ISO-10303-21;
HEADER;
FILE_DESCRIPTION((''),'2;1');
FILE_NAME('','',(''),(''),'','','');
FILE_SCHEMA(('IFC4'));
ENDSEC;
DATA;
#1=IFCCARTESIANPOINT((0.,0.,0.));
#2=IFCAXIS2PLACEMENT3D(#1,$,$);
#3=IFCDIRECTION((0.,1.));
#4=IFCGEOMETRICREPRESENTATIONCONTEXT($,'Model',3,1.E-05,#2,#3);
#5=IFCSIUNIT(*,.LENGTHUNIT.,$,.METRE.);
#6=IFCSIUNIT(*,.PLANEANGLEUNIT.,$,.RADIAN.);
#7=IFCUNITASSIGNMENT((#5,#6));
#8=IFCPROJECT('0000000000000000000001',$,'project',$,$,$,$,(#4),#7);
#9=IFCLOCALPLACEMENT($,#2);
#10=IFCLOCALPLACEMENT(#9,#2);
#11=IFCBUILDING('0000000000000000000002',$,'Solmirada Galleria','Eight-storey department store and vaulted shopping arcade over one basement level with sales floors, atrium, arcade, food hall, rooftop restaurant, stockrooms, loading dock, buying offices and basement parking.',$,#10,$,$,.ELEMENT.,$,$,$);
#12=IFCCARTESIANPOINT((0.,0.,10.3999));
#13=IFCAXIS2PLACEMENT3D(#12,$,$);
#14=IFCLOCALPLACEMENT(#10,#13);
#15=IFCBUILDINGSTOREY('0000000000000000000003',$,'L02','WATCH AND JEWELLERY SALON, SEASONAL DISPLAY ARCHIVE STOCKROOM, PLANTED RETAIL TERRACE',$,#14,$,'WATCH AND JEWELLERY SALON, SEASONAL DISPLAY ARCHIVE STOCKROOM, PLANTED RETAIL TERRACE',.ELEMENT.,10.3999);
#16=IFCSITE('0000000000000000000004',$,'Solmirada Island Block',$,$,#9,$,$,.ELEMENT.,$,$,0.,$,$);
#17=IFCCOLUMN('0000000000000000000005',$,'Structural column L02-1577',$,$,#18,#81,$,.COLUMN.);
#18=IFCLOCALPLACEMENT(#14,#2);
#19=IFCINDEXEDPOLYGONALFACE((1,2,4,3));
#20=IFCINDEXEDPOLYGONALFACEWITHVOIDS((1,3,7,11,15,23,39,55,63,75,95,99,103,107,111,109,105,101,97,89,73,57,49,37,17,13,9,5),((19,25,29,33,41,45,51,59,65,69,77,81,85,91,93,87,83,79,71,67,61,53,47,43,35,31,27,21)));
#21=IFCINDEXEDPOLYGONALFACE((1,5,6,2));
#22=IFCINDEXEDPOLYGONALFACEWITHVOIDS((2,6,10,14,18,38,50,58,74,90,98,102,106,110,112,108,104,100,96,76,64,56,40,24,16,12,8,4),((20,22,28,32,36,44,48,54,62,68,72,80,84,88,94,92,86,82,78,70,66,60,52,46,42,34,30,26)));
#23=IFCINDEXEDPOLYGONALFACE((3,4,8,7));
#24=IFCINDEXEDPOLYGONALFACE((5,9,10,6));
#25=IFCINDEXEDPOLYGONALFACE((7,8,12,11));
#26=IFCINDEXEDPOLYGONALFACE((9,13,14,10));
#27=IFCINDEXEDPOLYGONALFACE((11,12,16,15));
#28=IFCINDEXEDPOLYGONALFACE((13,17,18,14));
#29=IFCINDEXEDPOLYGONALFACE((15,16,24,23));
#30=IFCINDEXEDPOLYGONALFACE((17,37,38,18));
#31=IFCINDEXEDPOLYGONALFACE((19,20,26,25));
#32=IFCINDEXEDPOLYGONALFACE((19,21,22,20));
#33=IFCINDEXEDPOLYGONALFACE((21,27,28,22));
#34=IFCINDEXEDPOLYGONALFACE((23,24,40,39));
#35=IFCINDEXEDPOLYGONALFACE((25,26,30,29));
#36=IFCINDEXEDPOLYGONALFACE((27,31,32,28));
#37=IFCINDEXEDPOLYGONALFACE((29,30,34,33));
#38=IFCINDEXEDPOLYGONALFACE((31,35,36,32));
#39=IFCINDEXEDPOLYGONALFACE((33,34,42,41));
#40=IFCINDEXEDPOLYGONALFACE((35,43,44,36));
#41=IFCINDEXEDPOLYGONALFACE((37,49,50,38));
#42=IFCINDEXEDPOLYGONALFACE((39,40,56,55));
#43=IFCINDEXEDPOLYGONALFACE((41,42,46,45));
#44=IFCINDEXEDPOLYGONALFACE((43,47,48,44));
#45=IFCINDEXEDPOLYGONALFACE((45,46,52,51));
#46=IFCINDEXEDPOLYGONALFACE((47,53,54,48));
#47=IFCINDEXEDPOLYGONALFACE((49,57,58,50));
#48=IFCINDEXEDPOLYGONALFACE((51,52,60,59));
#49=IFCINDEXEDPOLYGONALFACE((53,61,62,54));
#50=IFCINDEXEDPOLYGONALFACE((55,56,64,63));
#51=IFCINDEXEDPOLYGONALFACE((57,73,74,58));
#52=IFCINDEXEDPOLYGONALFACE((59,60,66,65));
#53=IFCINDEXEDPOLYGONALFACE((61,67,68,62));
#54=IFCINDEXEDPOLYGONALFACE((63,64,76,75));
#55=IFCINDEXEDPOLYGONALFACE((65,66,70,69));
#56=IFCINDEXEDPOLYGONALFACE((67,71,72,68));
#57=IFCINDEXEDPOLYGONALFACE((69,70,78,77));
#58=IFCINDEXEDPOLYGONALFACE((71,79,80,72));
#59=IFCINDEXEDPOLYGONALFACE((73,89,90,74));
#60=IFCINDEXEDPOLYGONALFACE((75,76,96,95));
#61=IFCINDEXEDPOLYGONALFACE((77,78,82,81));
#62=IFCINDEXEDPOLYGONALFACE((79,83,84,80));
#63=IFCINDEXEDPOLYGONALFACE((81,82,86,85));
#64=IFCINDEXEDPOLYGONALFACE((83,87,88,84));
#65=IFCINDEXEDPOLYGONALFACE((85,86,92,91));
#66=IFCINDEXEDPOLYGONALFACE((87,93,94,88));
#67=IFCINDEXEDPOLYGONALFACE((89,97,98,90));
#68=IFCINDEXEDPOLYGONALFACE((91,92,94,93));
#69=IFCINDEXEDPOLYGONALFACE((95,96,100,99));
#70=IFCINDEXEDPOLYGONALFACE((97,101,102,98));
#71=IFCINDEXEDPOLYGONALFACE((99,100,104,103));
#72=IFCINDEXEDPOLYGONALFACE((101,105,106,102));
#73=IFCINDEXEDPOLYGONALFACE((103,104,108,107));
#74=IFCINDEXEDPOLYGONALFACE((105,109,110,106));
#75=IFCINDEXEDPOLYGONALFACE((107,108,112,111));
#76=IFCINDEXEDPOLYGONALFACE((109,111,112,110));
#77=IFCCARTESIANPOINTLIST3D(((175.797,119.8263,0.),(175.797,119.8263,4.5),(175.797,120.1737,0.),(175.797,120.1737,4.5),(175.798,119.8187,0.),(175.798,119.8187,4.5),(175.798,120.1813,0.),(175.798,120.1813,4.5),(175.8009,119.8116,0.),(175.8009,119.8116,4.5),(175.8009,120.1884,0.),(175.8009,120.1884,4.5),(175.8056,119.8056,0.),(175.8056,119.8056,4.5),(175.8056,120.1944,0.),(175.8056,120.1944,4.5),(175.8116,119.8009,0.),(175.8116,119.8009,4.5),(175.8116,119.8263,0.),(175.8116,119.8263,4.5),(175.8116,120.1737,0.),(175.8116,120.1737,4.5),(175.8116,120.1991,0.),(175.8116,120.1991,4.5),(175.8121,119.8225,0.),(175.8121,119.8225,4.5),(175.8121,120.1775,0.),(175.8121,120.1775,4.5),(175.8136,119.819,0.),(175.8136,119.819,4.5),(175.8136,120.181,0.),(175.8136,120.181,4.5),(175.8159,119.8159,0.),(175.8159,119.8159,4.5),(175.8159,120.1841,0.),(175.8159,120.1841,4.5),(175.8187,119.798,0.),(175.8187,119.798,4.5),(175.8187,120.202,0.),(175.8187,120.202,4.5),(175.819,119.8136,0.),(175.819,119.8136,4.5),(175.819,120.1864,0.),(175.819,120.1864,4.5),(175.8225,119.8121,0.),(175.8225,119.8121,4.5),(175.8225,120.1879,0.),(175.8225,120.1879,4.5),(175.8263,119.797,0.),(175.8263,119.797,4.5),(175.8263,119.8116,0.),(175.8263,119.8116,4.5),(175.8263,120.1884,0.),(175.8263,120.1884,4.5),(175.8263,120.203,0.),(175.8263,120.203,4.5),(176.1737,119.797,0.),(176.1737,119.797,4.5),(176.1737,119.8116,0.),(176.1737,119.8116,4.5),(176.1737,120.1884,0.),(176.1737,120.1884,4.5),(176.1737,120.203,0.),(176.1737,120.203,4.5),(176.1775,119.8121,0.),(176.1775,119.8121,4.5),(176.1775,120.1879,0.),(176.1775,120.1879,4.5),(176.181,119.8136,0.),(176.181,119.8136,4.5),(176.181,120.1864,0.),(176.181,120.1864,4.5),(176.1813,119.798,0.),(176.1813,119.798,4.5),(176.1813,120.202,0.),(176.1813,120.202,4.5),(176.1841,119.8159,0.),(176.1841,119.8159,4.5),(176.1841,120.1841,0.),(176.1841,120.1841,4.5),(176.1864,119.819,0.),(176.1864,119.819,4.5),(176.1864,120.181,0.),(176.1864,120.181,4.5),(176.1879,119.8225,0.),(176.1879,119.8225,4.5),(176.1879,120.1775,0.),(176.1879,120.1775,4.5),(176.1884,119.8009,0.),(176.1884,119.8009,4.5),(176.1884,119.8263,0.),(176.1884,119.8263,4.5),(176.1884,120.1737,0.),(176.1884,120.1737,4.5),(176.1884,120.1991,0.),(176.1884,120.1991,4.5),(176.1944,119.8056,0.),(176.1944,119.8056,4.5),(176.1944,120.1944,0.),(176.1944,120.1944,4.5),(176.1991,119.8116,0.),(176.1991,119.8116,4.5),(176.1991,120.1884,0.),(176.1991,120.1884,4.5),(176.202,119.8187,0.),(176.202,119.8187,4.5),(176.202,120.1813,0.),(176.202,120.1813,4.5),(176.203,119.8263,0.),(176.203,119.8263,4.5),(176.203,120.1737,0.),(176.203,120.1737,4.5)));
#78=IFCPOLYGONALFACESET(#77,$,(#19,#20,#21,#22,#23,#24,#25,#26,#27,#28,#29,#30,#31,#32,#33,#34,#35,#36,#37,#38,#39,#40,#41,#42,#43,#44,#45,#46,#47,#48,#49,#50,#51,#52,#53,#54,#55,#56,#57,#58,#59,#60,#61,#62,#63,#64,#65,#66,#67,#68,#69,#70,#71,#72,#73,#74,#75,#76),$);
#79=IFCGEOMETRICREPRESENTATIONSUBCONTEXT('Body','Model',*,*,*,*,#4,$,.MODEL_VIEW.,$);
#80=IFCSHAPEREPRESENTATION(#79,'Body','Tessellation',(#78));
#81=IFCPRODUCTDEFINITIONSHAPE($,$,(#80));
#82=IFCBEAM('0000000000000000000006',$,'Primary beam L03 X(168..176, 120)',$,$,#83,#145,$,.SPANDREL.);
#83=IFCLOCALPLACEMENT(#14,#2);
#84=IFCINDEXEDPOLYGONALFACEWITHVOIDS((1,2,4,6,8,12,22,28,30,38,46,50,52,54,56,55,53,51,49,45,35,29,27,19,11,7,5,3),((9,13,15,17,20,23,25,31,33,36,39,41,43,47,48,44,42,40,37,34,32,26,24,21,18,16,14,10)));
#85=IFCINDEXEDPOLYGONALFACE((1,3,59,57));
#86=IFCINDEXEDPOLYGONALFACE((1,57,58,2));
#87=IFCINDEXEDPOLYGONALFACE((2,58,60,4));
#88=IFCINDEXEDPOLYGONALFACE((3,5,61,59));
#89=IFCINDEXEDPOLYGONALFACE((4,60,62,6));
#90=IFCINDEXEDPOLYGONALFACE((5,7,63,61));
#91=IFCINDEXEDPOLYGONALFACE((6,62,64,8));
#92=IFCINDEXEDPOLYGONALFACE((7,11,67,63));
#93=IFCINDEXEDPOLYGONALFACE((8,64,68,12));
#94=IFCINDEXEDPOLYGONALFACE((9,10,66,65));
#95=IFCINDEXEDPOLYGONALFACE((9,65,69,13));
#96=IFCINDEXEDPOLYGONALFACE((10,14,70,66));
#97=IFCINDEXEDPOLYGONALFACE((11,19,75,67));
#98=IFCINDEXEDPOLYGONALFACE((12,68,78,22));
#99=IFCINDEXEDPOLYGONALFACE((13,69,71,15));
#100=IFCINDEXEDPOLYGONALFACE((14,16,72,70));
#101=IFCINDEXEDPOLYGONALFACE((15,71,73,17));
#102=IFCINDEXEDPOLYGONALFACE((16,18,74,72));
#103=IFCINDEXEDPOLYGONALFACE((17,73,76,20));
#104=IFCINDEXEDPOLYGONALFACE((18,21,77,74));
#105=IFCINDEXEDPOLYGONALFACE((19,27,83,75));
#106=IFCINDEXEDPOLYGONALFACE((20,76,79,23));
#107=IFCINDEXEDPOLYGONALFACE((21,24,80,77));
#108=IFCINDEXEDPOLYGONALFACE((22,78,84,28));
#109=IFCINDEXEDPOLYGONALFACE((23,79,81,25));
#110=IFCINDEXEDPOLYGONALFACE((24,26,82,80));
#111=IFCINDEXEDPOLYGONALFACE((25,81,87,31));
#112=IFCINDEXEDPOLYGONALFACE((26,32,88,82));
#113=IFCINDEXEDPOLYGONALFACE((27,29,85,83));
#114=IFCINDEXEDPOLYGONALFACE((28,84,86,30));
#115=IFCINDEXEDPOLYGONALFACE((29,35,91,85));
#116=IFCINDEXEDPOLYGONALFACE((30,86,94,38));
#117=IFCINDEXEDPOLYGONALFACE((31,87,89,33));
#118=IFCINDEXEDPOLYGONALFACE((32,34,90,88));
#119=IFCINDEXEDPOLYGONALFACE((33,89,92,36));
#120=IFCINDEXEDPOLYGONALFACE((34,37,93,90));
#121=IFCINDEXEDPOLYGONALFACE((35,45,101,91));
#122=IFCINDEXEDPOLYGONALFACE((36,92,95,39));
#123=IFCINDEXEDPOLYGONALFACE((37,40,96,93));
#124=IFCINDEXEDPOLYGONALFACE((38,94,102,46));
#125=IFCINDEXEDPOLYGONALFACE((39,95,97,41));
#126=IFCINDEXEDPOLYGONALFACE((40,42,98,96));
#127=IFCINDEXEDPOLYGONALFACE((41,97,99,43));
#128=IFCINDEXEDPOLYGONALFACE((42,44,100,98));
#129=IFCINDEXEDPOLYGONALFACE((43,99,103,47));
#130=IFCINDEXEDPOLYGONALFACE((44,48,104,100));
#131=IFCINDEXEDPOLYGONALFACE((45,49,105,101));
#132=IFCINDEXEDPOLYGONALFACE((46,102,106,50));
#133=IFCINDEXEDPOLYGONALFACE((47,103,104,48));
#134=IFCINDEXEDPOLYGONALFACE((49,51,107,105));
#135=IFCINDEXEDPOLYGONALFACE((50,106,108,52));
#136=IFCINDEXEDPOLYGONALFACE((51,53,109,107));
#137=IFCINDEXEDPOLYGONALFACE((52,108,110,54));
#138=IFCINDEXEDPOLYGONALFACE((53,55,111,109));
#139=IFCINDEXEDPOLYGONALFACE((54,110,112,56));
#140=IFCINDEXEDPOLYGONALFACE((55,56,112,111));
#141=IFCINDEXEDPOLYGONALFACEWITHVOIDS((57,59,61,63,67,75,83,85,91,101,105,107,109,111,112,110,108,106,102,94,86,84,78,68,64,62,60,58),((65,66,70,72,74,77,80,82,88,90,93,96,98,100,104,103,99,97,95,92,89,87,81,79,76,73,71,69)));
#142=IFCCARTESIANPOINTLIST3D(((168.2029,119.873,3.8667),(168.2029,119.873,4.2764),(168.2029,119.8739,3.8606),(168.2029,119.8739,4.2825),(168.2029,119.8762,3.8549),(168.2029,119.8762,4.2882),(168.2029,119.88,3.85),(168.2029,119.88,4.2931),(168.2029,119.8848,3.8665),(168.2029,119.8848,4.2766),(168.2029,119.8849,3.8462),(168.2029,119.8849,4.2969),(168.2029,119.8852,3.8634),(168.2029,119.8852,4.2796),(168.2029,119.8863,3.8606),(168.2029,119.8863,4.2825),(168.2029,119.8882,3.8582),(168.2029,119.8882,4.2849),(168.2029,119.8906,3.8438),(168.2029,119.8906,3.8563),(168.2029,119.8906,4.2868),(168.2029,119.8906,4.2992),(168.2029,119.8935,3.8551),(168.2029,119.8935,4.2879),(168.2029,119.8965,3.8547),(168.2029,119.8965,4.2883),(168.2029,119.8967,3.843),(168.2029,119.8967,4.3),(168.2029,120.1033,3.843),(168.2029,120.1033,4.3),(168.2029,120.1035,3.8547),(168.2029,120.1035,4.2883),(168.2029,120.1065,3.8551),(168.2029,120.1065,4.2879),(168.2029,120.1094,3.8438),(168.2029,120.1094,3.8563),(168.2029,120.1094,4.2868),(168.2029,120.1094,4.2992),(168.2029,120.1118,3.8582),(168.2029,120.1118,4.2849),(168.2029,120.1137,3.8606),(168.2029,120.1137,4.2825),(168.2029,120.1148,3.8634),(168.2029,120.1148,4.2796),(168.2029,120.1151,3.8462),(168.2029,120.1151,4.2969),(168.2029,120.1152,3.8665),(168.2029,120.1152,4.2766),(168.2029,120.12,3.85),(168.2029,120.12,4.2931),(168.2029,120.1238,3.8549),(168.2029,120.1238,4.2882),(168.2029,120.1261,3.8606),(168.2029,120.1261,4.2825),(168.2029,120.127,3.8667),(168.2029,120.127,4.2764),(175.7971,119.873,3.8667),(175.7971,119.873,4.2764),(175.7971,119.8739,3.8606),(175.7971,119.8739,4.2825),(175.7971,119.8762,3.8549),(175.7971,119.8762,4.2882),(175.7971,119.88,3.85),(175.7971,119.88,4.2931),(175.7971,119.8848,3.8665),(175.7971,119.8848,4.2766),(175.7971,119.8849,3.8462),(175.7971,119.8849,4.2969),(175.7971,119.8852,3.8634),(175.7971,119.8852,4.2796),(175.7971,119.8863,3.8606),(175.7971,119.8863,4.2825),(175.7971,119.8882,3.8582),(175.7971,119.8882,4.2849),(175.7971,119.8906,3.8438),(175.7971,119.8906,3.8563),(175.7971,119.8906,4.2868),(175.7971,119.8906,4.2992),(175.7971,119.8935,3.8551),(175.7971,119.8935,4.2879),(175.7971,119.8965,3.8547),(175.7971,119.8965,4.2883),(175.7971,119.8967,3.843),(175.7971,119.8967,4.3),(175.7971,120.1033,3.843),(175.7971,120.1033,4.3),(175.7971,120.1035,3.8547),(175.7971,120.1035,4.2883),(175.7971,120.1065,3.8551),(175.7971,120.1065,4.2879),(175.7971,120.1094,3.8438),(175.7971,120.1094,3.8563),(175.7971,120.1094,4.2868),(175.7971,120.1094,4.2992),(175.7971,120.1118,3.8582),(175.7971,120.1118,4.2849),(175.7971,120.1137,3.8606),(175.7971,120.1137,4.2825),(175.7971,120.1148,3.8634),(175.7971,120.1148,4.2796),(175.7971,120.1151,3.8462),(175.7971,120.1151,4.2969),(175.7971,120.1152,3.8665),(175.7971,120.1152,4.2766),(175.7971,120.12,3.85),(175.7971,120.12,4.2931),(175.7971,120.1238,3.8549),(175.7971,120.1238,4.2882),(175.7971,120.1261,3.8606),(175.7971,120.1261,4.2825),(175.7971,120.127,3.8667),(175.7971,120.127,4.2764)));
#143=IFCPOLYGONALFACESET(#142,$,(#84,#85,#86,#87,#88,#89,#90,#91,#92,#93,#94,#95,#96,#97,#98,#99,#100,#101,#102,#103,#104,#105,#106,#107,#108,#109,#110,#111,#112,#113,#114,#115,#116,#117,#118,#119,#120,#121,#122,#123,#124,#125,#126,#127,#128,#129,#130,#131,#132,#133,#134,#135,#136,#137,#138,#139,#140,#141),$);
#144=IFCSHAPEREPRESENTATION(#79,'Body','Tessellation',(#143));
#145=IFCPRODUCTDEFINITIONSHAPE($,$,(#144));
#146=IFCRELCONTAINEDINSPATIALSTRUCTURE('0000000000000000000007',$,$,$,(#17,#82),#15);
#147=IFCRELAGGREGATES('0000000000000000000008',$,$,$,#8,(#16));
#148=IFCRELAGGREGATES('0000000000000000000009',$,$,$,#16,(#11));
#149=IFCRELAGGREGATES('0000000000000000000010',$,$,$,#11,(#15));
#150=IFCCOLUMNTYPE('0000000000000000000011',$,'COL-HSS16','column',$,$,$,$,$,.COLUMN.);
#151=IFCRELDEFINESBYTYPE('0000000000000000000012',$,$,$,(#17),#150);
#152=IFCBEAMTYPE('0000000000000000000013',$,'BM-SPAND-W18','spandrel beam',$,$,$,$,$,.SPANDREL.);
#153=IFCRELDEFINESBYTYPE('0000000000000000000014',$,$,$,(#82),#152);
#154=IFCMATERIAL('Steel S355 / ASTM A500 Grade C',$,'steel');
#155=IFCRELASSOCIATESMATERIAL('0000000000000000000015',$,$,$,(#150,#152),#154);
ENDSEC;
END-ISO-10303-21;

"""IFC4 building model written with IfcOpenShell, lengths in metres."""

from ifc_helpers import new_model, si_unit, direction, frame, origin, origin_2d, place, context, subcontext, project, spatial, hollow_rectangle, extrude, material, material_profile, profile_set, type_object, element, save


model = new_model("IFC4")

# Units and contexts
model_context = context("Model", 3, precision=1e-05, world=origin(), true_north=direction((0.0, 1.0)))
body_context = subcontext(model_context, "Body", "Model", "MODEL_VIEW")
ifc_project = project(units=[si_unit("LENGTHUNIT", "METRE"), si_unit("PLANEANGLEUNIT", "RADIAN")], contexts=[model_context])

# Site, building, storey
site_placement = place(None, origin())
site = spatial("IfcSite", under=ifc_project, at=site_placement, Name="Solmirada Island Block", CompositionType="ELEMENT", RefElevation=0.0)
building_placement = place(site_placement, origin())
building = spatial("IfcBuilding", under=site, at=building_placement, Name="Solmirada Galleria", Description="Eight-storey department store and vaulted shopping arcade over one basement level with sales floors, atrium, arcade, food hall, rooftop restaurant, stockrooms, loading dock, buying offices and basement parking.", CompositionType="ELEMENT")
storey_placement = place(building_placement, frame((0.0, 0.0, 10.3999)))
storey = spatial("IfcBuildingStorey", under=building, at=storey_placement, Name="L02", Description="WATCH AND JEWELLERY SALON, SEASONAL DISPLAY ARCHIVE STOCKROOM, PLANTED RETAIL TERRACE", LongName="WATCH AND JEWELLERY SALON, SEASONAL DISPLAY ARCHIVE STOCKROOM, PLANTED RETAIL TERRACE", CompositionType="ELEMENT", Elevation=10.3999)

# Column
ifc_material_1 = material(Name="Steel S355 / ASTM A500 Grade C", Category="steel")
ifc_material_profile_1 = material_profile(ifc_material_1, hollow_rectangle(XDim=0.406, YDim=0.406, WallThickness=0.0146, InnerFilletRadius=0.0146, OuterFilletRadius=0.0293, at=origin_2d()), Name="HSS16X16X5/8")
ifc_profile_set_1 = profile_set([ifc_material_profile_1], Name="Steel S355 / ASTM A500 Grade C")
column_type = type_object("IfcColumnType", Name="COL-HSS16", Description="column", PredefinedType="COLUMN", material=ifc_profile_set_1)
column_placement = place(storey_placement, frame((176.0, 120.0, 0.0), z_axis=(0.0, 0.0, 1.0), x_axis=(1.0, 0.0, 0.0)))
element("IfcColumn", 1, at=column_placement, inside=storey, type_object=column_type, Name="Structural column L02-1577", PredefinedType="COLUMN", context=body_context, shape_type="SweptSolid", body=[
    extrude(hollow_rectangle(XDim=0.406, YDim=0.406, WallThickness=0.0146, InnerFilletRadius=0.0146, OuterFilletRadius=0.0293, at=origin_2d()), origin(), (0.0, 0.0, 1.0), 4.5),
])

# Beam
ifc_material_profile_2 = material_profile(ifc_material_1, hollow_rectangle(XDim=0.2539, YDim=0.457, WallThickness=0.0117, InnerFilletRadius=0.0117, OuterFilletRadius=0.0237, at=origin_2d()), Name="HSS18X10X1/2")
ifc_profile_set_2 = profile_set([ifc_material_profile_2], Name="Steel S355 / ASTM A500 Grade C")
beam_type = type_object("IfcBeamType", Name="BM-SPAND-W18", Description="spandrel beam", PredefinedType="SPANDREL", material=ifc_profile_set_2)
beam_placement = place(storey_placement, frame((168.2029, 120.0, 4.0715), z_axis=(1.0, 0.0, 0.0), x_axis=(0.0, 1.0, 0.0)))
element("IfcBeam", 2, at=beam_placement, inside=storey, type_object=beam_type, Name="Primary beam L03 X(168..176, 120)", PredefinedType="SPANDREL", context=body_context, shape_type="SweptSolid", body=[
    extrude(hollow_rectangle(XDim=0.2539, YDim=0.457, WallThickness=0.0117, InnerFilletRadius=0.0117, OuterFilletRadius=0.0237, at=origin_2d()), origin(), (0.0, 0.0, 1.0), 7.5942),
])

save(model, "model.ifc")
